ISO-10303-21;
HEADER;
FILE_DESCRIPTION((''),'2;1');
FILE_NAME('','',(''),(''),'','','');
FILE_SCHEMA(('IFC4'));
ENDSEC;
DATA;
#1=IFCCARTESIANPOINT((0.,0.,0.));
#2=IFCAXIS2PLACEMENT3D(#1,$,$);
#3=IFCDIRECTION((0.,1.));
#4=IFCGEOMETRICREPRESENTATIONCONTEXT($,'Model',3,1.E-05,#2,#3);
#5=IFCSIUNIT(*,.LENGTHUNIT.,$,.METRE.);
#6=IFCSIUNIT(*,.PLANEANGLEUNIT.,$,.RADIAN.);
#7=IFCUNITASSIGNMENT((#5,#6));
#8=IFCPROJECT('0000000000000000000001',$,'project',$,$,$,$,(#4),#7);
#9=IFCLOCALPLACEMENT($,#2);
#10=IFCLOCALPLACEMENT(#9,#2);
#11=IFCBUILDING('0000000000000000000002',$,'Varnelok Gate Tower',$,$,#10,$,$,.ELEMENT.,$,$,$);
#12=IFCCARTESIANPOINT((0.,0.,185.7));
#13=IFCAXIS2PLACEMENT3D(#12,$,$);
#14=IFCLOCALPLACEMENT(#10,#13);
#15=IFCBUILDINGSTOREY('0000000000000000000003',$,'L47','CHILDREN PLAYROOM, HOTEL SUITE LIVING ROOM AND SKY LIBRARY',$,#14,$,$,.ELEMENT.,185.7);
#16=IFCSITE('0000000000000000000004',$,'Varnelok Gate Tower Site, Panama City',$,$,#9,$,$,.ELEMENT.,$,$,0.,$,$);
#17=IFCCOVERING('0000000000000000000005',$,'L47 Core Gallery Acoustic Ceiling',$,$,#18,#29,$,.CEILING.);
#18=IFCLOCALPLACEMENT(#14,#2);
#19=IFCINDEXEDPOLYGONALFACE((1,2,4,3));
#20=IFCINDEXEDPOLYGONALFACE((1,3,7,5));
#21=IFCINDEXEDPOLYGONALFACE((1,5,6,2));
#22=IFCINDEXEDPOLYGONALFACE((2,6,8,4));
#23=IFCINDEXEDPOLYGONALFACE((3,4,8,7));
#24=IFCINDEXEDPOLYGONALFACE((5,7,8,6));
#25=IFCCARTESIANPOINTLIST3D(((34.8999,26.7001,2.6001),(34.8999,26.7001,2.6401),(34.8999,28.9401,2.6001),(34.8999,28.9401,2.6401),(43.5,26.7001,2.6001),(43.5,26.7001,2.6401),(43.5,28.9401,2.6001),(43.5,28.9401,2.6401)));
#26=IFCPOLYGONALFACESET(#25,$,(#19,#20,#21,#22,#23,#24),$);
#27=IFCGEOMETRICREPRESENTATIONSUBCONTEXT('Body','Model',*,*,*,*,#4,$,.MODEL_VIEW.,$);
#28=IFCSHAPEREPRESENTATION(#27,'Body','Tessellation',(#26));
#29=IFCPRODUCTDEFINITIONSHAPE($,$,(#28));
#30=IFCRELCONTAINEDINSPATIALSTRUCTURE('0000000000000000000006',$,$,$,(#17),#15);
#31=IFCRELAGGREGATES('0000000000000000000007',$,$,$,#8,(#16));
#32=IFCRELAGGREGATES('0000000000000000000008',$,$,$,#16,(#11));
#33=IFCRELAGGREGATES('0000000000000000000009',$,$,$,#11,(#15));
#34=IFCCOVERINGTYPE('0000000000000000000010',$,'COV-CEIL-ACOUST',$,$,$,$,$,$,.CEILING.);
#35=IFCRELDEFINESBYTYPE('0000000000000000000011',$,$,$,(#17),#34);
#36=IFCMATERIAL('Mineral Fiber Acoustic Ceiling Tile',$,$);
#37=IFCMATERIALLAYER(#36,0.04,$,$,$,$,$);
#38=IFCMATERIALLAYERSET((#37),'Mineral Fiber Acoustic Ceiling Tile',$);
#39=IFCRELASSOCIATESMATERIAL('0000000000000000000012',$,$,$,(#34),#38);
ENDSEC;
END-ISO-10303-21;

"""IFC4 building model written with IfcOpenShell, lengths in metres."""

from ifc_helpers import new_model, si_unit, direction, frame, origin, origin_2d, place, context, subcontext, project, spatial, rectangle, extrude, source, transform, mapped, material, layer, layer_set, type_object, element, save


model = new_model("IFC4")

# Units and contexts
model_context = context("Model", 3, precision=1e-05, world=origin(), true_north=direction((0.0, 1.0)))
body_context = subcontext(model_context, "Body", "Model", "MODEL_VIEW")
ifc_project = project(units=[si_unit("LENGTHUNIT", "METRE"), si_unit("PLANEANGLEUNIT", "RADIAN")], contexts=[model_context])

# Site, building, storey
site_placement = place(None, origin())
site = spatial("IfcSite", under=ifc_project, at=site_placement, Name="Varnelok Gate Tower Site, Panama City", CompositionType="ELEMENT", RefElevation=0.0)
building_placement = place(site_placement, origin())
building = spatial("IfcBuilding", under=site, at=building_placement, Name="Varnelok Gate Tower", CompositionType="ELEMENT")
storey_placement = place(building_placement, frame((0.0, 0.0, 185.7)))
storey = spatial("IfcBuildingStorey", under=building, at=storey_placement, Name="L47", Description="CHILDREN PLAYROOM, HOTEL SUITE LIVING ROOM AND SKY LIBRARY", CompositionType="ELEMENT", Elevation=185.7)

# Covering
ifc_material_1 = material(Name="Mineral Fiber Acoustic Ceiling Tile")
ifc_layer_1 = layer(ifc_material_1, 0.04)
ifc_layer_set_1 = layer_set([ifc_layer_1], Name="Mineral Fiber Acoustic Ceiling Tile")
covering_type_1 = type_object("IfcCoveringType", Name="COV-CEIL-ACOUST", PredefinedType="CEILING", material=ifc_layer_set_1)
shared_shape_1 = source(origin(), body_context, "Body", "SweptSolid", [
    extrude(rectangle(XDim=8.6001, YDim=2.24, at=origin_2d()), origin(), (0.0, 0.0, 1.0), 0.04),
])
covering_1_placement = place(storey_placement, frame((39.2, 27.8201, 2.6001), z_axis=(0.0, 0.0, 1.0), x_axis=(1.0, 0.0, 0.0)))
element("IfcCovering", 1, at=covering_1_placement, inside=storey, type_object=covering_type_1, Name="L47 Core Gallery Acoustic Ceiling", PredefinedType="CEILING", context=body_context, shape_type="MappedRepresentation", body=[
    mapped(shared_shape_1, transform((0.0, 0.0, 0.0), scale=1.0)),
])

save(model, "model.ifc")
